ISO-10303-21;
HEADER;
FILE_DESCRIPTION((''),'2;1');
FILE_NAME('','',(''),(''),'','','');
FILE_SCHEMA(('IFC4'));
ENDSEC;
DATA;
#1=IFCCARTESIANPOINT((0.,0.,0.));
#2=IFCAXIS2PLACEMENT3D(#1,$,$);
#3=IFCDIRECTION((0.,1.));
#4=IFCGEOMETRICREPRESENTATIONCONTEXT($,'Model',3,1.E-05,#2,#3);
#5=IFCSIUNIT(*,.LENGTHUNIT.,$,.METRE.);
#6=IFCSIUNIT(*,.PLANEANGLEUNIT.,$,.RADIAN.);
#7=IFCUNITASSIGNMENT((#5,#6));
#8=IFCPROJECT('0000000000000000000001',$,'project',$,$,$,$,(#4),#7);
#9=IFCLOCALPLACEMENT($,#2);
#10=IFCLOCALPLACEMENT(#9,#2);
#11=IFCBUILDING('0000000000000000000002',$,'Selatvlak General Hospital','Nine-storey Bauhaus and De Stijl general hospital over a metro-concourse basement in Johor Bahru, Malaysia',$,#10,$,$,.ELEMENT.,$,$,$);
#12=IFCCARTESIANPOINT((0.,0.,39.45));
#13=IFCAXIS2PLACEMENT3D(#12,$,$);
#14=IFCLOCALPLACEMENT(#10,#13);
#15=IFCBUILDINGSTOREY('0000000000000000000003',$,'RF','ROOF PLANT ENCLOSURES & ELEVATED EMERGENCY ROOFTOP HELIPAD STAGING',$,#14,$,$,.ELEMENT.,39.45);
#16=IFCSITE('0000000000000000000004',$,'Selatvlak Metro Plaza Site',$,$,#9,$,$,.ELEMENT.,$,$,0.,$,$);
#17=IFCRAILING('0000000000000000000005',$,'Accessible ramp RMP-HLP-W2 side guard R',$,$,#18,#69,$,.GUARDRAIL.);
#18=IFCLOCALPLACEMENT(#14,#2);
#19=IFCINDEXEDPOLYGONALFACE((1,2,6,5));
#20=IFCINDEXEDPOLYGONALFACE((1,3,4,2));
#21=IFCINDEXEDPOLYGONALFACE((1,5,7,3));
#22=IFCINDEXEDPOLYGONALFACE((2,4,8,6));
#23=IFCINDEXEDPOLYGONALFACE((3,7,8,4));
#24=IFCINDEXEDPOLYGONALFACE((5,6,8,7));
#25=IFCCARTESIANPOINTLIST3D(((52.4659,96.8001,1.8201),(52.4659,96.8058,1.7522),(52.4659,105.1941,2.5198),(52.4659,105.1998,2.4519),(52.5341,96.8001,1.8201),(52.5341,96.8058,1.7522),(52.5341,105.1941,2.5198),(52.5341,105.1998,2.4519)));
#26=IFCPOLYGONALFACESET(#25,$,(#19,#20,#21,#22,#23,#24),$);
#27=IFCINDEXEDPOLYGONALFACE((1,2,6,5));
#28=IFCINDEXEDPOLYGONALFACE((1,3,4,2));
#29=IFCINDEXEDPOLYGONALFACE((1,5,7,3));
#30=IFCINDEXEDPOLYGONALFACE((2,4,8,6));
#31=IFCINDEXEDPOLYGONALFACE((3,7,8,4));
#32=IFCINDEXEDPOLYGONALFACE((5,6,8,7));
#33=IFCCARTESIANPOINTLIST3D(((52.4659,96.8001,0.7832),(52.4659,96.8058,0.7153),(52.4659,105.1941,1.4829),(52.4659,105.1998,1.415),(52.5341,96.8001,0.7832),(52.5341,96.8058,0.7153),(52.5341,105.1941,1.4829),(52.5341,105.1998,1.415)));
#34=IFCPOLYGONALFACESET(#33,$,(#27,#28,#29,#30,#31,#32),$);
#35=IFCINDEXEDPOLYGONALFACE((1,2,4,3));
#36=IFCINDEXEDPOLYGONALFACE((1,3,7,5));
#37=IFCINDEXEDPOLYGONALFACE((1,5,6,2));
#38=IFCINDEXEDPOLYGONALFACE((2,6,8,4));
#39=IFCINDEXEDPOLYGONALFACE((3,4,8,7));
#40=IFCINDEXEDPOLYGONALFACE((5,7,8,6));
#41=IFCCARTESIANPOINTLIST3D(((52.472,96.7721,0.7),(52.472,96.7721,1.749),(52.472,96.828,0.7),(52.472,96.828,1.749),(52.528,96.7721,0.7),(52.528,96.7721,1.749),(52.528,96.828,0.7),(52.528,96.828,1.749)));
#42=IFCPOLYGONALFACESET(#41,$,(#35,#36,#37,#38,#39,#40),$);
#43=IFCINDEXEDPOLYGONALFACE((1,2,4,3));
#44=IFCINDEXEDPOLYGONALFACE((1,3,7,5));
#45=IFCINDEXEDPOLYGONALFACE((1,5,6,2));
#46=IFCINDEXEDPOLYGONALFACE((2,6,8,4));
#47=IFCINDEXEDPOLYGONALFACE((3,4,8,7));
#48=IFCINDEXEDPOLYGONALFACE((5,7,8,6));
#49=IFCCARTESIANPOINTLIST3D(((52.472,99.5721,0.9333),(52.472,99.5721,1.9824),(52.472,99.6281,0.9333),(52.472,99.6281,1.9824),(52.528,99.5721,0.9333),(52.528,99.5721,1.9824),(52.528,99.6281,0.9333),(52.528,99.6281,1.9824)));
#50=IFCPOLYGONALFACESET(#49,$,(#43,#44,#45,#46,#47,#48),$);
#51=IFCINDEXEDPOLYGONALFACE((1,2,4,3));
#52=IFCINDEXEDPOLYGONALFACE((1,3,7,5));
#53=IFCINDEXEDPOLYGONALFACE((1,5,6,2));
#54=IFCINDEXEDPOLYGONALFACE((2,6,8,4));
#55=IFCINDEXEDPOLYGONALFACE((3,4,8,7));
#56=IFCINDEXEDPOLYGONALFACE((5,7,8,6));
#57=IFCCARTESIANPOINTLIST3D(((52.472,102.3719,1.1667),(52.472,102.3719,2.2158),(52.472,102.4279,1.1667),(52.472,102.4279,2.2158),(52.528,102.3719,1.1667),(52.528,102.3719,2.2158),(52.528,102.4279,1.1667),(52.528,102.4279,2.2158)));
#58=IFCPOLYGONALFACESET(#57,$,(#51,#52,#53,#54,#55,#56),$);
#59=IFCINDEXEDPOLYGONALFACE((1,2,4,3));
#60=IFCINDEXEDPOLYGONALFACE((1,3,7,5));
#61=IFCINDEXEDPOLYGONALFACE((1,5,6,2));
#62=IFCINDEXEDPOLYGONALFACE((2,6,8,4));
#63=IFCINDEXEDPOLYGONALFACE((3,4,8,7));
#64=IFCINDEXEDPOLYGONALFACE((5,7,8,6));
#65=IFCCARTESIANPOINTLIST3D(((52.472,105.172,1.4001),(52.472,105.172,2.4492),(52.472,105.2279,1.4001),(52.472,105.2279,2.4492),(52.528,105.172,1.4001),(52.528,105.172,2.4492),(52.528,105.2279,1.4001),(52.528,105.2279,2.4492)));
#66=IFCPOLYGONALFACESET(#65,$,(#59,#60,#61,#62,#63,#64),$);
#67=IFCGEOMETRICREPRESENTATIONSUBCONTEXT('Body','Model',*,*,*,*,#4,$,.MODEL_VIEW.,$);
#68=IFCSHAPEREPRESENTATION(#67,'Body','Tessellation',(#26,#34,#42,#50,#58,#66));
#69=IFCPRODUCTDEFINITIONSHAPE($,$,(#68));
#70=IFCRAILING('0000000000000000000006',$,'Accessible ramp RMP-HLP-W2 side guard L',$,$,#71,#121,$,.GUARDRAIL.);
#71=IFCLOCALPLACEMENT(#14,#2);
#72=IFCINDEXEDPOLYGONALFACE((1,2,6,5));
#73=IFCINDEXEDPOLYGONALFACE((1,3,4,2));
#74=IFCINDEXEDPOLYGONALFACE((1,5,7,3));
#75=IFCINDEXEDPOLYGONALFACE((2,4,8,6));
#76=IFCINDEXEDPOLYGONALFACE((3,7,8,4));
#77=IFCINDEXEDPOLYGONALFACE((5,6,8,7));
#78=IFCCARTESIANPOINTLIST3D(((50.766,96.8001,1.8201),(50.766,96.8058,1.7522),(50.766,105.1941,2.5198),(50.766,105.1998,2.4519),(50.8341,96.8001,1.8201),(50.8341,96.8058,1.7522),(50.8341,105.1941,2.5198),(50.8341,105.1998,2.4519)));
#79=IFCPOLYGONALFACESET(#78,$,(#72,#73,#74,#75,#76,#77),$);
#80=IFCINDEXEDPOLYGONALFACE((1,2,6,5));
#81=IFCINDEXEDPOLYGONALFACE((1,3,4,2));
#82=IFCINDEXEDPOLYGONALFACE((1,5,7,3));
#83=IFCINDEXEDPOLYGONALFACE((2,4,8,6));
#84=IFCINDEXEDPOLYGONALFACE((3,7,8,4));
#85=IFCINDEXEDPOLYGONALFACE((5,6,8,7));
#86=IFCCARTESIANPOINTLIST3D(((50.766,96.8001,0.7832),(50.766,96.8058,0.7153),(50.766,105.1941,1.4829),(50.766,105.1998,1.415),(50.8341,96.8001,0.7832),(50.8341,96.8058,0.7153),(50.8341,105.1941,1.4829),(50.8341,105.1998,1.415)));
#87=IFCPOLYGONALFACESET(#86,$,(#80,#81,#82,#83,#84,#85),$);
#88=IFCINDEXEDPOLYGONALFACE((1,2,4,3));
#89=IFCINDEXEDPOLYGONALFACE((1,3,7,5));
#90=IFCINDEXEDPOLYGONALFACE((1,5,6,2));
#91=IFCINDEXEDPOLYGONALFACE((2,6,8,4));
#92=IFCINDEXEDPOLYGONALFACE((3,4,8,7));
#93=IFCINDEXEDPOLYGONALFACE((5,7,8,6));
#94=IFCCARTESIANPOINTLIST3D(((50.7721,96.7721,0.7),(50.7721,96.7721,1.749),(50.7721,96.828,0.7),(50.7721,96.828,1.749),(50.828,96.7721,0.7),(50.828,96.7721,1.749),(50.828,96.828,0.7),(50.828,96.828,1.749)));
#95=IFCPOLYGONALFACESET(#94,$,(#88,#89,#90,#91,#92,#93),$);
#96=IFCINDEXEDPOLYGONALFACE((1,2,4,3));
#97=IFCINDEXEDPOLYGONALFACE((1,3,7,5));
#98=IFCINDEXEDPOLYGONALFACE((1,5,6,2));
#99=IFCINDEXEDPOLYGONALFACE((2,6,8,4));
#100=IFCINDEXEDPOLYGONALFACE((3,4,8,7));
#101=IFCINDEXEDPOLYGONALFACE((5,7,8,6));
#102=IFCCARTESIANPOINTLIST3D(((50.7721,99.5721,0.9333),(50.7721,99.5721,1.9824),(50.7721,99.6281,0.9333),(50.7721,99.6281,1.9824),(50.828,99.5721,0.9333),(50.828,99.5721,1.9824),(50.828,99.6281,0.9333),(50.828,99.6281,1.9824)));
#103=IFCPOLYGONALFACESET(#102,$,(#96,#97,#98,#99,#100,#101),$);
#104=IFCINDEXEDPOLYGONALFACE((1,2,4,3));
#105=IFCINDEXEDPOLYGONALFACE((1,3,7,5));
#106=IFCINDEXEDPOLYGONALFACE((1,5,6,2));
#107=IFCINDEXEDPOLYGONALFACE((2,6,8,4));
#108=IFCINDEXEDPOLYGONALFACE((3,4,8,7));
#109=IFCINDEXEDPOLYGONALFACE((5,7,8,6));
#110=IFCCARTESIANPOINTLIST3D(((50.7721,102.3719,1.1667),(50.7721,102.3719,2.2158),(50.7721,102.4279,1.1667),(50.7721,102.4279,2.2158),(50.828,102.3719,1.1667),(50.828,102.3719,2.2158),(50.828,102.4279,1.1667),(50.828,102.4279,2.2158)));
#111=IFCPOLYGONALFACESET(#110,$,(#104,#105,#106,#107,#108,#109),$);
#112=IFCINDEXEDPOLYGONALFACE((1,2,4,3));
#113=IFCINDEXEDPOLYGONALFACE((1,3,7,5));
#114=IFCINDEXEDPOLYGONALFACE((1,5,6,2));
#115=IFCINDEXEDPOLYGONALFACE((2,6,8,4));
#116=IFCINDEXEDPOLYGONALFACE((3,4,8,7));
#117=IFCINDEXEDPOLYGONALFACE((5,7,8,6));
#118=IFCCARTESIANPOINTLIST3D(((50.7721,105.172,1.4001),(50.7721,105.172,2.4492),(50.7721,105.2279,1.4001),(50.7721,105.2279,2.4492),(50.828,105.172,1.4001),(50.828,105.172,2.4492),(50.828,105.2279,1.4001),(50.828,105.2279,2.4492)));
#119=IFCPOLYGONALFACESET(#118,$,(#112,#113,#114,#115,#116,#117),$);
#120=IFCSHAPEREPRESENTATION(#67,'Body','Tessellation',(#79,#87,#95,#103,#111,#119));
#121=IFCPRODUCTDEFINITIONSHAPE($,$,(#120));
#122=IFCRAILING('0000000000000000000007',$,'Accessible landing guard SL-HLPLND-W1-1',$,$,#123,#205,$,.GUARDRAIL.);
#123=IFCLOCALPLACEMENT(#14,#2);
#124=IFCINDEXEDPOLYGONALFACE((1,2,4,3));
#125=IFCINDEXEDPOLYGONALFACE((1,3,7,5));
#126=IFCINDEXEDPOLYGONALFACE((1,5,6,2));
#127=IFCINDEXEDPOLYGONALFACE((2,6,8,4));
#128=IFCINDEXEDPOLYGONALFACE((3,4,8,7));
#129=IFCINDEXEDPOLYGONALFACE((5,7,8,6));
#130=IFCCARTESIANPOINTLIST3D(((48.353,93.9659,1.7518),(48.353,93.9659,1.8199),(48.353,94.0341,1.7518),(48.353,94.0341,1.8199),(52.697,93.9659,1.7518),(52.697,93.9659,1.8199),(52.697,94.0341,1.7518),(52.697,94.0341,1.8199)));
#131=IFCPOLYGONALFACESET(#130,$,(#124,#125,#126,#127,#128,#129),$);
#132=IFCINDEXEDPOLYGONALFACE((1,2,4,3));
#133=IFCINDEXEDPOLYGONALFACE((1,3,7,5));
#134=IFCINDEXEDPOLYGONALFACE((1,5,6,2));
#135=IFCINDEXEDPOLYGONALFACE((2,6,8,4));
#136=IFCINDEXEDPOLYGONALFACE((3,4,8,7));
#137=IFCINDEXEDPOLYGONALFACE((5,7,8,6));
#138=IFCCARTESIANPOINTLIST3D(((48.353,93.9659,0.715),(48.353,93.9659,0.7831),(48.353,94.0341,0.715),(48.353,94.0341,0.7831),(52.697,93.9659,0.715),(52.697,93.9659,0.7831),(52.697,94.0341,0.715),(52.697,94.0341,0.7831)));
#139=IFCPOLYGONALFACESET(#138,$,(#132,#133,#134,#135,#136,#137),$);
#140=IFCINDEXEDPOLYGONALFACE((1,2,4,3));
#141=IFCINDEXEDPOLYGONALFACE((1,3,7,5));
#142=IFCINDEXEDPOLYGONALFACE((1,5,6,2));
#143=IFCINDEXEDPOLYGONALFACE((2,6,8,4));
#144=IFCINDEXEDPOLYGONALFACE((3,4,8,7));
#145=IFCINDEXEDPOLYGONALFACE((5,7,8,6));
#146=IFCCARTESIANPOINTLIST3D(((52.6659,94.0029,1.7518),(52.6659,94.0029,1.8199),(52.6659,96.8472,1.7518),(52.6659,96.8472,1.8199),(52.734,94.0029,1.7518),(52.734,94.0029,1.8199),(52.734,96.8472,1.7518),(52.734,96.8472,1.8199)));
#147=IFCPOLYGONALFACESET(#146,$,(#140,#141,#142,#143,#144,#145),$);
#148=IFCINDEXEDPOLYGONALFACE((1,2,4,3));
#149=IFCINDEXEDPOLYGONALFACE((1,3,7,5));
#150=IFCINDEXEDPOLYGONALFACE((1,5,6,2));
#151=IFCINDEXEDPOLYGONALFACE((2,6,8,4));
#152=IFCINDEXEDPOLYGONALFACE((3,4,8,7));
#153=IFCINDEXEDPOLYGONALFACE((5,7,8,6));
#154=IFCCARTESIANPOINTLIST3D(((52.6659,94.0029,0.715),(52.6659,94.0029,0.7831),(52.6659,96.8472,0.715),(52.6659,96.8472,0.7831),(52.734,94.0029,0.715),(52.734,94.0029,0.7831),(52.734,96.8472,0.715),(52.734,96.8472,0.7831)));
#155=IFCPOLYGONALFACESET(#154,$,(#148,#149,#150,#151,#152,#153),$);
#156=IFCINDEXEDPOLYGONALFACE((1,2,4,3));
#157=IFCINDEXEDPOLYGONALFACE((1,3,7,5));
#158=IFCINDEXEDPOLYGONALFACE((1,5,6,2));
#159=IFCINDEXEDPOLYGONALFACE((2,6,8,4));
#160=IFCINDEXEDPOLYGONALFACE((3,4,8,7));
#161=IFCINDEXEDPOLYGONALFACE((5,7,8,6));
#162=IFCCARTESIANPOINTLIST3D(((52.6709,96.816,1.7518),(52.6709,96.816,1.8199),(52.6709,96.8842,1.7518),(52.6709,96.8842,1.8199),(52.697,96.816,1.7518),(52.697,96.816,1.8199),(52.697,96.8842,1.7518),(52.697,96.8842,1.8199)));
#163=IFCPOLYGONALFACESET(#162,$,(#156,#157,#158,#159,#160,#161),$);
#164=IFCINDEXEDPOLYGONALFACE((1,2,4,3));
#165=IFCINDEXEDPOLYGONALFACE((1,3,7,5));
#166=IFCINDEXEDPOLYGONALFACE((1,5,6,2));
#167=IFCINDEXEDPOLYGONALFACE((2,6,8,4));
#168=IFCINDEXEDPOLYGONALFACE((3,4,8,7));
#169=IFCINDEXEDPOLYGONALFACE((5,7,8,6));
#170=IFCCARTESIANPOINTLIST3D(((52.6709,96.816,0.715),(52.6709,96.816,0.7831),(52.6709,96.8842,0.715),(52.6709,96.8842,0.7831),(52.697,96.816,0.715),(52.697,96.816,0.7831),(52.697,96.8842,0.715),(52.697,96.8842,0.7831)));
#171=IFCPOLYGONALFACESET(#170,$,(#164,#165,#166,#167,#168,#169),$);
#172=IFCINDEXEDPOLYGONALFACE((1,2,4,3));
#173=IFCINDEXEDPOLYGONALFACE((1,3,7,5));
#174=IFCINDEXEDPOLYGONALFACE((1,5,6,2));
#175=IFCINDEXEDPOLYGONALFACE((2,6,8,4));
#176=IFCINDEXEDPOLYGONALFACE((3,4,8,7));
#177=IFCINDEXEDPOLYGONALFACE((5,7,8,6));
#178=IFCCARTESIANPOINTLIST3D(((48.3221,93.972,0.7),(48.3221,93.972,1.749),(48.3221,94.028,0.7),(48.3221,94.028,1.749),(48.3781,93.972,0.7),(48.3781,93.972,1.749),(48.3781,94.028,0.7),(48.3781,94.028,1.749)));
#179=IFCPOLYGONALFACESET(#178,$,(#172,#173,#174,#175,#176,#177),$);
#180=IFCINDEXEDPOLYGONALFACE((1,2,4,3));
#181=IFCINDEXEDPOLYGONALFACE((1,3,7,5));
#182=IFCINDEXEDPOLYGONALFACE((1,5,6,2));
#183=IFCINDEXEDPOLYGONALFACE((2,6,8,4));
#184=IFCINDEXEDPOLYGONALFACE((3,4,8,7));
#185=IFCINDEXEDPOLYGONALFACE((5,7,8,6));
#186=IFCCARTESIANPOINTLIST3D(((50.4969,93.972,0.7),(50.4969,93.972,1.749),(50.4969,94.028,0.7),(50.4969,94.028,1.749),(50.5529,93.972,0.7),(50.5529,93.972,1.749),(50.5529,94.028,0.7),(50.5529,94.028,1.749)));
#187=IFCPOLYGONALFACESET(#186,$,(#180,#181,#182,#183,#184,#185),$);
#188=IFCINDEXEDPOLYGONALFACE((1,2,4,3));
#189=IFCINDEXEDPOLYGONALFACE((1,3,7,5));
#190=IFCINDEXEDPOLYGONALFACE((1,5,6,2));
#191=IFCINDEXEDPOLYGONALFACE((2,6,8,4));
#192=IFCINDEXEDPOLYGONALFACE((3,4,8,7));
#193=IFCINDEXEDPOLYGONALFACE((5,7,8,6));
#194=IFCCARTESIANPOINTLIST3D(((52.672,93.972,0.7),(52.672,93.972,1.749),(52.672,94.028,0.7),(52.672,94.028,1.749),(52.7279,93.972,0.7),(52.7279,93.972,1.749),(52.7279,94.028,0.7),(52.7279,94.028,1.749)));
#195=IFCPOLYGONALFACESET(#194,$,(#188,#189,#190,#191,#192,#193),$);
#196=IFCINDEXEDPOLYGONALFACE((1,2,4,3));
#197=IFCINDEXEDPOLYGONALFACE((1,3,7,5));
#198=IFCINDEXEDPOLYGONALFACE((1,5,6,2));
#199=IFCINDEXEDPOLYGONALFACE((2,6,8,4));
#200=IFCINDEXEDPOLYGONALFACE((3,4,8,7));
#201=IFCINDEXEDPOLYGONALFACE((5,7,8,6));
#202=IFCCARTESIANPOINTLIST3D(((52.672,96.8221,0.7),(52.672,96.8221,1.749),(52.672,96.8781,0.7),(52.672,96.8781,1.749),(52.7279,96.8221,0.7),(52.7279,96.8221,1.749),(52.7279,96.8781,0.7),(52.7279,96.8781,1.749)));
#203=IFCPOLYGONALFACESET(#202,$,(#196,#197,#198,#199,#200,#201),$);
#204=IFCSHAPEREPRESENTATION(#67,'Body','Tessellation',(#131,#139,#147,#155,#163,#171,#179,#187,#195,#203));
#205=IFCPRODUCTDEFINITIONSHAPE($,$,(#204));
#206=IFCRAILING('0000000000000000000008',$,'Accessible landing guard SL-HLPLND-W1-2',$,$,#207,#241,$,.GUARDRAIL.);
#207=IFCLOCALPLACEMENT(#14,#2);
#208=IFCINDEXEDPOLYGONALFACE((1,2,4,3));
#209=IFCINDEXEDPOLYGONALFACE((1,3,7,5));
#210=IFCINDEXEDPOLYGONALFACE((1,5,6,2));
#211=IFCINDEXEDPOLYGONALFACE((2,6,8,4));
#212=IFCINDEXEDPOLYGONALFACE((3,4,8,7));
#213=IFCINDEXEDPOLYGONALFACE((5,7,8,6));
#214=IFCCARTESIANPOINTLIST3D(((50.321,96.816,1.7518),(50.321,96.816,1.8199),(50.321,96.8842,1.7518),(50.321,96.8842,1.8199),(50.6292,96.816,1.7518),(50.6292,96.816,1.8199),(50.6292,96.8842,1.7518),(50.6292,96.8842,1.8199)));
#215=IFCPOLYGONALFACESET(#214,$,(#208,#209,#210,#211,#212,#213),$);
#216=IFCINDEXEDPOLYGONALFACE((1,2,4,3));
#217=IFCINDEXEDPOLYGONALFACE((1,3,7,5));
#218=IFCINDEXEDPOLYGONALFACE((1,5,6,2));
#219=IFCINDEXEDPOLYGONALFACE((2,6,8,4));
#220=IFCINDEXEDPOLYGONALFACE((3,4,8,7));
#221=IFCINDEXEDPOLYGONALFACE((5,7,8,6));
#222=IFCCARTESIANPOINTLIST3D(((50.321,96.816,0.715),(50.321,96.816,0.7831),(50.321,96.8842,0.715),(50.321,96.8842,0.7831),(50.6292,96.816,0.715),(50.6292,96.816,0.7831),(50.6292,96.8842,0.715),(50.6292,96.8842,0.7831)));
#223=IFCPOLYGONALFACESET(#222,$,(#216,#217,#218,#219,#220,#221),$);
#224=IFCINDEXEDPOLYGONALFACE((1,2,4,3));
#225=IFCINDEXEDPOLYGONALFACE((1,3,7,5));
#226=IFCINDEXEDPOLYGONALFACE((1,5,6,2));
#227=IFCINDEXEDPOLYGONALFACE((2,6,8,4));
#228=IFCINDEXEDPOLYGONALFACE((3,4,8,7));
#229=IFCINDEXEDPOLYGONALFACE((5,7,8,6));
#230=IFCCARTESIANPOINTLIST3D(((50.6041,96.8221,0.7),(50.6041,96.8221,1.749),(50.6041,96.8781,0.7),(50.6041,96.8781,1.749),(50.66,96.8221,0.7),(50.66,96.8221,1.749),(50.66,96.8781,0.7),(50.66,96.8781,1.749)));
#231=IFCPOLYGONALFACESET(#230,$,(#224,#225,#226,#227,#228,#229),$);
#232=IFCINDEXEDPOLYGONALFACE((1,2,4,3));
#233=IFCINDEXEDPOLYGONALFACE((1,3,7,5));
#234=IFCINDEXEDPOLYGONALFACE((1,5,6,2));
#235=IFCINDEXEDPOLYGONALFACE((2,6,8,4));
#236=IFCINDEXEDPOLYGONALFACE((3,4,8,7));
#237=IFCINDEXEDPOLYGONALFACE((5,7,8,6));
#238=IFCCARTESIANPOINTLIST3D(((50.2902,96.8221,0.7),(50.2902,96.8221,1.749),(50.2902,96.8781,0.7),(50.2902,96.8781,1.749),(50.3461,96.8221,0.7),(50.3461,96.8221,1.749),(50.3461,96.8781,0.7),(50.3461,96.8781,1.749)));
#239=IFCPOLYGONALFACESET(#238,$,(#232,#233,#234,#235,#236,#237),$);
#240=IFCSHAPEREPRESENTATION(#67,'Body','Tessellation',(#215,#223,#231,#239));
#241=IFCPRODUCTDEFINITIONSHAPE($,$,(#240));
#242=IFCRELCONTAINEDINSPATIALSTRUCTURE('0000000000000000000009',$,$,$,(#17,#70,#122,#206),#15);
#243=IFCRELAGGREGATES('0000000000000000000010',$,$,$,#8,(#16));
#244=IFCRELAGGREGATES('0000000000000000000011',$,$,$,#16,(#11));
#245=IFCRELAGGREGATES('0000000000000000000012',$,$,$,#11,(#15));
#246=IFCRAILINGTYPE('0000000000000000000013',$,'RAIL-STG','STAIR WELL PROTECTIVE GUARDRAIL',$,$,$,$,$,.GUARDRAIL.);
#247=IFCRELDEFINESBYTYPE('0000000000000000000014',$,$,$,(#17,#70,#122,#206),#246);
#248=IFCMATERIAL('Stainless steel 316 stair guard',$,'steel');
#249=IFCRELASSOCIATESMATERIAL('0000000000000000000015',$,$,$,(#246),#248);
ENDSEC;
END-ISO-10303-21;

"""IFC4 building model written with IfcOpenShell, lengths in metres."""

from ifc_helpers import new_model, si_unit, direction, frame, origin, origin_2d, place, context, subcontext, project, spatial, rectangle, extrude, material, type_object, element, save


model = new_model("IFC4")

# Units and contexts
model_context = context("Model", 3, precision=1e-05, world=origin(), true_north=direction((0.0, 1.0)))
body_context = subcontext(model_context, "Body", "Model", "MODEL_VIEW")
ifc_project = project(units=[si_unit("LENGTHUNIT", "METRE"), si_unit("PLANEANGLEUNIT", "RADIAN")], contexts=[model_context])

# Site, building, storey
site_placement = place(None, origin())
site = spatial("IfcSite", under=ifc_project, at=site_placement, Name="Selatvlak Metro Plaza Site", CompositionType="ELEMENT", RefElevation=0.0)
building_placement = place(site_placement, origin())
building = spatial("IfcBuilding", under=site, at=building_placement, Name="Selatvlak General Hospital", Description="Nine-storey Bauhaus and De Stijl general hospital over a metro-concourse basement in Johor Bahru, Malaysia", CompositionType="ELEMENT")
storey_placement = place(building_placement, frame((0.0, 0.0, 39.45)))
storey = spatial("IfcBuildingStorey", under=building, at=storey_placement, Name="RF", Description="ROOF PLANT ENCLOSURES & ELEVATED EMERGENCY ROOFTOP HELIPAD STAGING", CompositionType="ELEMENT", Elevation=39.45)

# Railings
ifc_material_1 = material(Name="Stainless steel 316 stair guard", Category="steel")
railing_type = type_object("IfcRailingType", Name="RAIL-STG", Description="STAIR WELL PROTECTIVE GUARDRAIL", PredefinedType="GUARDRAIL", material=ifc_material_1)
for number, where, name in (
    (1, (52.5, 96.8, 0.7), "Accessible ramp RMP-HLP-W2 side guard R"),
    (2, (50.8, 96.8, 0.7), "Accessible ramp RMP-HLP-W2 side guard L"),
):
    element("IfcRailing", number, at=place(storey_placement, frame(where)), inside=storey, type_object=railing_type, Name=name, PredefinedType="GUARDRAIL", context=body_context, shape_type="SweptSolid", body=[
        extrude(rectangle(XDim=0.0681, YDim=0.0681, at=origin_2d()), frame((0.0, 0.0029, 1.0862), z_axis=(0.0, 0.996544, 0.083069), x_axis=(-1.0, 0.0, 0.0)), (0.0, 0.0, 1.0), 8.4231),
        extrude(rectangle(XDim=0.0681, YDim=0.0681, at=origin_2d()), frame((0.0, 0.0029, 0.0493), z_axis=(0.0, 0.996544, 0.083069), x_axis=(-1.0, 0.0, 0.0)), (0.0, 0.0, 1.0), 8.4231),
        extrude(rectangle(XDim=0.0559, YDim=0.0559, at=origin_2d()), origin(), (0.0, 0.0, 1.0), 1.0491),
        extrude(rectangle(XDim=0.0559, YDim=0.0559, at=origin_2d()), frame((0.0, 2.8, 0.2334)), (0.0, 0.0, 1.0), 1.0491),
        extrude(rectangle(XDim=0.0559, YDim=0.0559, at=origin_2d()), frame((0.0, 5.5999, 0.4668)), (0.0, 0.0, 1.0), 1.0491),
        extrude(rectangle(XDim=0.0559, YDim=0.0559, at=origin_2d()), frame((0.0, 8.3999, 0.7002)), (0.0, 0.0, 1.0), 1.0491),
    ])
railing_1_placement = place(storey_placement, frame((48.3501, 94.0, 0.7)))
element("IfcRailing", 3, at=railing_1_placement, inside=storey, type_object=railing_type, Name="Accessible landing guard SL-HLPLND-W1-1", PredefinedType="GUARDRAIL", context=body_context, shape_type="SweptSolid", body=[
    extrude(rectangle(XDim=0.0681, YDim=0.0681, at=origin_2d()), frame((0.0029, 0.0, 1.0859), z_axis=(1.0, 0.0, 0.0), x_axis=(0.0, 1.0, 0.0)), (0.0, 0.0, 1.0), 4.344),
    extrude(rectangle(XDim=0.0681, YDim=0.0681, at=origin_2d()), frame((0.0029, 0.0, 0.0491), z_axis=(1.0, 0.0, 0.0), x_axis=(0.0, 1.0, 0.0)), (0.0, 0.0, 1.0), 4.344),
    extrude(rectangle(XDim=0.0681, YDim=0.0681, at=origin_2d()), frame((4.3499, 0.0029, 1.0859), z_axis=(0.0, 1.0, 0.0), x_axis=(-1.0, 0.0, 0.0)), (0.0, 0.0, 1.0), 2.8442),
    extrude(rectangle(XDim=0.0681, YDim=0.0681, at=origin_2d()), frame((4.3499, 0.0029, 0.0491), z_axis=(0.0, 1.0, 0.0), x_axis=(-1.0, 0.0, 0.0)), (0.0, 0.0, 1.0), 2.8442),
    extrude(rectangle(XDim=0.0681, YDim=0.0681, at=origin_2d()), frame((4.3469, 2.8501, 1.0859), z_axis=(-1.0, 0.0, 0.0), x_axis=(0.0, -1.0, 0.0)), (0.0, 0.0, 1.0), 0.0261),
    extrude(rectangle(XDim=0.0681, YDim=0.0681, at=origin_2d()), frame((4.3469, 2.8501, 0.0491), z_axis=(-1.0, 0.0, 0.0), x_axis=(0.0, -1.0, 0.0)), (0.0, 0.0, 1.0), 0.0261),
    extrude(rectangle(XDim=0.0559, YDim=0.0559, at=origin_2d()), origin(), (0.0, 0.0, 1.0), 1.0491),
    extrude(rectangle(XDim=0.0559, YDim=0.0559, at=origin_2d()), frame((2.1748, 0.0, 0.0)), (0.0, 0.0, 1.0), 1.0491),
    extrude(rectangle(XDim=0.0559, YDim=0.0559, at=origin_2d()), frame((4.3499, 0.0, 0.0)), (0.0, 0.0, 1.0), 1.0491),
    extrude(rectangle(XDim=0.0559, YDim=0.0559, at=origin_2d()), frame((4.3499, 2.8501, 0.0)), (0.0, 0.0, 1.0), 1.0491),
])
railing_2_placement = place(storey_placement, frame((50.6321, 96.8501, 0.7)))
element("IfcRailing", 4, at=railing_2_placement, inside=storey, type_object=railing_type, Name="Accessible landing guard SL-HLPLND-W1-2", PredefinedType="GUARDRAIL", context=body_context, shape_type="SweptSolid", body=[
    extrude(rectangle(XDim=0.0681, YDim=0.0681, at=origin_2d()), frame((-0.0029, 0.0, 1.0859), z_axis=(-1.0, 0.0, 0.0), x_axis=(0.0, -1.0, 0.0)), (0.0, 0.0, 1.0), 0.3081),
    extrude(rectangle(XDim=0.0681, YDim=0.0681, at=origin_2d()), frame((-0.0029, 0.0, 0.0491), z_axis=(-1.0, 0.0, 0.0), x_axis=(0.0, -1.0, 0.0)), (0.0, 0.0, 1.0), 0.3081),
    extrude(rectangle(XDim=0.0559, YDim=0.0559, at=origin_2d()), origin(), (0.0, 0.0, 1.0), 1.0491),
    extrude(rectangle(XDim=0.0559, YDim=0.0559, at=origin_2d()), frame((-0.314, 0.0, 0.0)), (0.0, 0.0, 1.0), 1.0491),
])

save(model, "model.ifc")
